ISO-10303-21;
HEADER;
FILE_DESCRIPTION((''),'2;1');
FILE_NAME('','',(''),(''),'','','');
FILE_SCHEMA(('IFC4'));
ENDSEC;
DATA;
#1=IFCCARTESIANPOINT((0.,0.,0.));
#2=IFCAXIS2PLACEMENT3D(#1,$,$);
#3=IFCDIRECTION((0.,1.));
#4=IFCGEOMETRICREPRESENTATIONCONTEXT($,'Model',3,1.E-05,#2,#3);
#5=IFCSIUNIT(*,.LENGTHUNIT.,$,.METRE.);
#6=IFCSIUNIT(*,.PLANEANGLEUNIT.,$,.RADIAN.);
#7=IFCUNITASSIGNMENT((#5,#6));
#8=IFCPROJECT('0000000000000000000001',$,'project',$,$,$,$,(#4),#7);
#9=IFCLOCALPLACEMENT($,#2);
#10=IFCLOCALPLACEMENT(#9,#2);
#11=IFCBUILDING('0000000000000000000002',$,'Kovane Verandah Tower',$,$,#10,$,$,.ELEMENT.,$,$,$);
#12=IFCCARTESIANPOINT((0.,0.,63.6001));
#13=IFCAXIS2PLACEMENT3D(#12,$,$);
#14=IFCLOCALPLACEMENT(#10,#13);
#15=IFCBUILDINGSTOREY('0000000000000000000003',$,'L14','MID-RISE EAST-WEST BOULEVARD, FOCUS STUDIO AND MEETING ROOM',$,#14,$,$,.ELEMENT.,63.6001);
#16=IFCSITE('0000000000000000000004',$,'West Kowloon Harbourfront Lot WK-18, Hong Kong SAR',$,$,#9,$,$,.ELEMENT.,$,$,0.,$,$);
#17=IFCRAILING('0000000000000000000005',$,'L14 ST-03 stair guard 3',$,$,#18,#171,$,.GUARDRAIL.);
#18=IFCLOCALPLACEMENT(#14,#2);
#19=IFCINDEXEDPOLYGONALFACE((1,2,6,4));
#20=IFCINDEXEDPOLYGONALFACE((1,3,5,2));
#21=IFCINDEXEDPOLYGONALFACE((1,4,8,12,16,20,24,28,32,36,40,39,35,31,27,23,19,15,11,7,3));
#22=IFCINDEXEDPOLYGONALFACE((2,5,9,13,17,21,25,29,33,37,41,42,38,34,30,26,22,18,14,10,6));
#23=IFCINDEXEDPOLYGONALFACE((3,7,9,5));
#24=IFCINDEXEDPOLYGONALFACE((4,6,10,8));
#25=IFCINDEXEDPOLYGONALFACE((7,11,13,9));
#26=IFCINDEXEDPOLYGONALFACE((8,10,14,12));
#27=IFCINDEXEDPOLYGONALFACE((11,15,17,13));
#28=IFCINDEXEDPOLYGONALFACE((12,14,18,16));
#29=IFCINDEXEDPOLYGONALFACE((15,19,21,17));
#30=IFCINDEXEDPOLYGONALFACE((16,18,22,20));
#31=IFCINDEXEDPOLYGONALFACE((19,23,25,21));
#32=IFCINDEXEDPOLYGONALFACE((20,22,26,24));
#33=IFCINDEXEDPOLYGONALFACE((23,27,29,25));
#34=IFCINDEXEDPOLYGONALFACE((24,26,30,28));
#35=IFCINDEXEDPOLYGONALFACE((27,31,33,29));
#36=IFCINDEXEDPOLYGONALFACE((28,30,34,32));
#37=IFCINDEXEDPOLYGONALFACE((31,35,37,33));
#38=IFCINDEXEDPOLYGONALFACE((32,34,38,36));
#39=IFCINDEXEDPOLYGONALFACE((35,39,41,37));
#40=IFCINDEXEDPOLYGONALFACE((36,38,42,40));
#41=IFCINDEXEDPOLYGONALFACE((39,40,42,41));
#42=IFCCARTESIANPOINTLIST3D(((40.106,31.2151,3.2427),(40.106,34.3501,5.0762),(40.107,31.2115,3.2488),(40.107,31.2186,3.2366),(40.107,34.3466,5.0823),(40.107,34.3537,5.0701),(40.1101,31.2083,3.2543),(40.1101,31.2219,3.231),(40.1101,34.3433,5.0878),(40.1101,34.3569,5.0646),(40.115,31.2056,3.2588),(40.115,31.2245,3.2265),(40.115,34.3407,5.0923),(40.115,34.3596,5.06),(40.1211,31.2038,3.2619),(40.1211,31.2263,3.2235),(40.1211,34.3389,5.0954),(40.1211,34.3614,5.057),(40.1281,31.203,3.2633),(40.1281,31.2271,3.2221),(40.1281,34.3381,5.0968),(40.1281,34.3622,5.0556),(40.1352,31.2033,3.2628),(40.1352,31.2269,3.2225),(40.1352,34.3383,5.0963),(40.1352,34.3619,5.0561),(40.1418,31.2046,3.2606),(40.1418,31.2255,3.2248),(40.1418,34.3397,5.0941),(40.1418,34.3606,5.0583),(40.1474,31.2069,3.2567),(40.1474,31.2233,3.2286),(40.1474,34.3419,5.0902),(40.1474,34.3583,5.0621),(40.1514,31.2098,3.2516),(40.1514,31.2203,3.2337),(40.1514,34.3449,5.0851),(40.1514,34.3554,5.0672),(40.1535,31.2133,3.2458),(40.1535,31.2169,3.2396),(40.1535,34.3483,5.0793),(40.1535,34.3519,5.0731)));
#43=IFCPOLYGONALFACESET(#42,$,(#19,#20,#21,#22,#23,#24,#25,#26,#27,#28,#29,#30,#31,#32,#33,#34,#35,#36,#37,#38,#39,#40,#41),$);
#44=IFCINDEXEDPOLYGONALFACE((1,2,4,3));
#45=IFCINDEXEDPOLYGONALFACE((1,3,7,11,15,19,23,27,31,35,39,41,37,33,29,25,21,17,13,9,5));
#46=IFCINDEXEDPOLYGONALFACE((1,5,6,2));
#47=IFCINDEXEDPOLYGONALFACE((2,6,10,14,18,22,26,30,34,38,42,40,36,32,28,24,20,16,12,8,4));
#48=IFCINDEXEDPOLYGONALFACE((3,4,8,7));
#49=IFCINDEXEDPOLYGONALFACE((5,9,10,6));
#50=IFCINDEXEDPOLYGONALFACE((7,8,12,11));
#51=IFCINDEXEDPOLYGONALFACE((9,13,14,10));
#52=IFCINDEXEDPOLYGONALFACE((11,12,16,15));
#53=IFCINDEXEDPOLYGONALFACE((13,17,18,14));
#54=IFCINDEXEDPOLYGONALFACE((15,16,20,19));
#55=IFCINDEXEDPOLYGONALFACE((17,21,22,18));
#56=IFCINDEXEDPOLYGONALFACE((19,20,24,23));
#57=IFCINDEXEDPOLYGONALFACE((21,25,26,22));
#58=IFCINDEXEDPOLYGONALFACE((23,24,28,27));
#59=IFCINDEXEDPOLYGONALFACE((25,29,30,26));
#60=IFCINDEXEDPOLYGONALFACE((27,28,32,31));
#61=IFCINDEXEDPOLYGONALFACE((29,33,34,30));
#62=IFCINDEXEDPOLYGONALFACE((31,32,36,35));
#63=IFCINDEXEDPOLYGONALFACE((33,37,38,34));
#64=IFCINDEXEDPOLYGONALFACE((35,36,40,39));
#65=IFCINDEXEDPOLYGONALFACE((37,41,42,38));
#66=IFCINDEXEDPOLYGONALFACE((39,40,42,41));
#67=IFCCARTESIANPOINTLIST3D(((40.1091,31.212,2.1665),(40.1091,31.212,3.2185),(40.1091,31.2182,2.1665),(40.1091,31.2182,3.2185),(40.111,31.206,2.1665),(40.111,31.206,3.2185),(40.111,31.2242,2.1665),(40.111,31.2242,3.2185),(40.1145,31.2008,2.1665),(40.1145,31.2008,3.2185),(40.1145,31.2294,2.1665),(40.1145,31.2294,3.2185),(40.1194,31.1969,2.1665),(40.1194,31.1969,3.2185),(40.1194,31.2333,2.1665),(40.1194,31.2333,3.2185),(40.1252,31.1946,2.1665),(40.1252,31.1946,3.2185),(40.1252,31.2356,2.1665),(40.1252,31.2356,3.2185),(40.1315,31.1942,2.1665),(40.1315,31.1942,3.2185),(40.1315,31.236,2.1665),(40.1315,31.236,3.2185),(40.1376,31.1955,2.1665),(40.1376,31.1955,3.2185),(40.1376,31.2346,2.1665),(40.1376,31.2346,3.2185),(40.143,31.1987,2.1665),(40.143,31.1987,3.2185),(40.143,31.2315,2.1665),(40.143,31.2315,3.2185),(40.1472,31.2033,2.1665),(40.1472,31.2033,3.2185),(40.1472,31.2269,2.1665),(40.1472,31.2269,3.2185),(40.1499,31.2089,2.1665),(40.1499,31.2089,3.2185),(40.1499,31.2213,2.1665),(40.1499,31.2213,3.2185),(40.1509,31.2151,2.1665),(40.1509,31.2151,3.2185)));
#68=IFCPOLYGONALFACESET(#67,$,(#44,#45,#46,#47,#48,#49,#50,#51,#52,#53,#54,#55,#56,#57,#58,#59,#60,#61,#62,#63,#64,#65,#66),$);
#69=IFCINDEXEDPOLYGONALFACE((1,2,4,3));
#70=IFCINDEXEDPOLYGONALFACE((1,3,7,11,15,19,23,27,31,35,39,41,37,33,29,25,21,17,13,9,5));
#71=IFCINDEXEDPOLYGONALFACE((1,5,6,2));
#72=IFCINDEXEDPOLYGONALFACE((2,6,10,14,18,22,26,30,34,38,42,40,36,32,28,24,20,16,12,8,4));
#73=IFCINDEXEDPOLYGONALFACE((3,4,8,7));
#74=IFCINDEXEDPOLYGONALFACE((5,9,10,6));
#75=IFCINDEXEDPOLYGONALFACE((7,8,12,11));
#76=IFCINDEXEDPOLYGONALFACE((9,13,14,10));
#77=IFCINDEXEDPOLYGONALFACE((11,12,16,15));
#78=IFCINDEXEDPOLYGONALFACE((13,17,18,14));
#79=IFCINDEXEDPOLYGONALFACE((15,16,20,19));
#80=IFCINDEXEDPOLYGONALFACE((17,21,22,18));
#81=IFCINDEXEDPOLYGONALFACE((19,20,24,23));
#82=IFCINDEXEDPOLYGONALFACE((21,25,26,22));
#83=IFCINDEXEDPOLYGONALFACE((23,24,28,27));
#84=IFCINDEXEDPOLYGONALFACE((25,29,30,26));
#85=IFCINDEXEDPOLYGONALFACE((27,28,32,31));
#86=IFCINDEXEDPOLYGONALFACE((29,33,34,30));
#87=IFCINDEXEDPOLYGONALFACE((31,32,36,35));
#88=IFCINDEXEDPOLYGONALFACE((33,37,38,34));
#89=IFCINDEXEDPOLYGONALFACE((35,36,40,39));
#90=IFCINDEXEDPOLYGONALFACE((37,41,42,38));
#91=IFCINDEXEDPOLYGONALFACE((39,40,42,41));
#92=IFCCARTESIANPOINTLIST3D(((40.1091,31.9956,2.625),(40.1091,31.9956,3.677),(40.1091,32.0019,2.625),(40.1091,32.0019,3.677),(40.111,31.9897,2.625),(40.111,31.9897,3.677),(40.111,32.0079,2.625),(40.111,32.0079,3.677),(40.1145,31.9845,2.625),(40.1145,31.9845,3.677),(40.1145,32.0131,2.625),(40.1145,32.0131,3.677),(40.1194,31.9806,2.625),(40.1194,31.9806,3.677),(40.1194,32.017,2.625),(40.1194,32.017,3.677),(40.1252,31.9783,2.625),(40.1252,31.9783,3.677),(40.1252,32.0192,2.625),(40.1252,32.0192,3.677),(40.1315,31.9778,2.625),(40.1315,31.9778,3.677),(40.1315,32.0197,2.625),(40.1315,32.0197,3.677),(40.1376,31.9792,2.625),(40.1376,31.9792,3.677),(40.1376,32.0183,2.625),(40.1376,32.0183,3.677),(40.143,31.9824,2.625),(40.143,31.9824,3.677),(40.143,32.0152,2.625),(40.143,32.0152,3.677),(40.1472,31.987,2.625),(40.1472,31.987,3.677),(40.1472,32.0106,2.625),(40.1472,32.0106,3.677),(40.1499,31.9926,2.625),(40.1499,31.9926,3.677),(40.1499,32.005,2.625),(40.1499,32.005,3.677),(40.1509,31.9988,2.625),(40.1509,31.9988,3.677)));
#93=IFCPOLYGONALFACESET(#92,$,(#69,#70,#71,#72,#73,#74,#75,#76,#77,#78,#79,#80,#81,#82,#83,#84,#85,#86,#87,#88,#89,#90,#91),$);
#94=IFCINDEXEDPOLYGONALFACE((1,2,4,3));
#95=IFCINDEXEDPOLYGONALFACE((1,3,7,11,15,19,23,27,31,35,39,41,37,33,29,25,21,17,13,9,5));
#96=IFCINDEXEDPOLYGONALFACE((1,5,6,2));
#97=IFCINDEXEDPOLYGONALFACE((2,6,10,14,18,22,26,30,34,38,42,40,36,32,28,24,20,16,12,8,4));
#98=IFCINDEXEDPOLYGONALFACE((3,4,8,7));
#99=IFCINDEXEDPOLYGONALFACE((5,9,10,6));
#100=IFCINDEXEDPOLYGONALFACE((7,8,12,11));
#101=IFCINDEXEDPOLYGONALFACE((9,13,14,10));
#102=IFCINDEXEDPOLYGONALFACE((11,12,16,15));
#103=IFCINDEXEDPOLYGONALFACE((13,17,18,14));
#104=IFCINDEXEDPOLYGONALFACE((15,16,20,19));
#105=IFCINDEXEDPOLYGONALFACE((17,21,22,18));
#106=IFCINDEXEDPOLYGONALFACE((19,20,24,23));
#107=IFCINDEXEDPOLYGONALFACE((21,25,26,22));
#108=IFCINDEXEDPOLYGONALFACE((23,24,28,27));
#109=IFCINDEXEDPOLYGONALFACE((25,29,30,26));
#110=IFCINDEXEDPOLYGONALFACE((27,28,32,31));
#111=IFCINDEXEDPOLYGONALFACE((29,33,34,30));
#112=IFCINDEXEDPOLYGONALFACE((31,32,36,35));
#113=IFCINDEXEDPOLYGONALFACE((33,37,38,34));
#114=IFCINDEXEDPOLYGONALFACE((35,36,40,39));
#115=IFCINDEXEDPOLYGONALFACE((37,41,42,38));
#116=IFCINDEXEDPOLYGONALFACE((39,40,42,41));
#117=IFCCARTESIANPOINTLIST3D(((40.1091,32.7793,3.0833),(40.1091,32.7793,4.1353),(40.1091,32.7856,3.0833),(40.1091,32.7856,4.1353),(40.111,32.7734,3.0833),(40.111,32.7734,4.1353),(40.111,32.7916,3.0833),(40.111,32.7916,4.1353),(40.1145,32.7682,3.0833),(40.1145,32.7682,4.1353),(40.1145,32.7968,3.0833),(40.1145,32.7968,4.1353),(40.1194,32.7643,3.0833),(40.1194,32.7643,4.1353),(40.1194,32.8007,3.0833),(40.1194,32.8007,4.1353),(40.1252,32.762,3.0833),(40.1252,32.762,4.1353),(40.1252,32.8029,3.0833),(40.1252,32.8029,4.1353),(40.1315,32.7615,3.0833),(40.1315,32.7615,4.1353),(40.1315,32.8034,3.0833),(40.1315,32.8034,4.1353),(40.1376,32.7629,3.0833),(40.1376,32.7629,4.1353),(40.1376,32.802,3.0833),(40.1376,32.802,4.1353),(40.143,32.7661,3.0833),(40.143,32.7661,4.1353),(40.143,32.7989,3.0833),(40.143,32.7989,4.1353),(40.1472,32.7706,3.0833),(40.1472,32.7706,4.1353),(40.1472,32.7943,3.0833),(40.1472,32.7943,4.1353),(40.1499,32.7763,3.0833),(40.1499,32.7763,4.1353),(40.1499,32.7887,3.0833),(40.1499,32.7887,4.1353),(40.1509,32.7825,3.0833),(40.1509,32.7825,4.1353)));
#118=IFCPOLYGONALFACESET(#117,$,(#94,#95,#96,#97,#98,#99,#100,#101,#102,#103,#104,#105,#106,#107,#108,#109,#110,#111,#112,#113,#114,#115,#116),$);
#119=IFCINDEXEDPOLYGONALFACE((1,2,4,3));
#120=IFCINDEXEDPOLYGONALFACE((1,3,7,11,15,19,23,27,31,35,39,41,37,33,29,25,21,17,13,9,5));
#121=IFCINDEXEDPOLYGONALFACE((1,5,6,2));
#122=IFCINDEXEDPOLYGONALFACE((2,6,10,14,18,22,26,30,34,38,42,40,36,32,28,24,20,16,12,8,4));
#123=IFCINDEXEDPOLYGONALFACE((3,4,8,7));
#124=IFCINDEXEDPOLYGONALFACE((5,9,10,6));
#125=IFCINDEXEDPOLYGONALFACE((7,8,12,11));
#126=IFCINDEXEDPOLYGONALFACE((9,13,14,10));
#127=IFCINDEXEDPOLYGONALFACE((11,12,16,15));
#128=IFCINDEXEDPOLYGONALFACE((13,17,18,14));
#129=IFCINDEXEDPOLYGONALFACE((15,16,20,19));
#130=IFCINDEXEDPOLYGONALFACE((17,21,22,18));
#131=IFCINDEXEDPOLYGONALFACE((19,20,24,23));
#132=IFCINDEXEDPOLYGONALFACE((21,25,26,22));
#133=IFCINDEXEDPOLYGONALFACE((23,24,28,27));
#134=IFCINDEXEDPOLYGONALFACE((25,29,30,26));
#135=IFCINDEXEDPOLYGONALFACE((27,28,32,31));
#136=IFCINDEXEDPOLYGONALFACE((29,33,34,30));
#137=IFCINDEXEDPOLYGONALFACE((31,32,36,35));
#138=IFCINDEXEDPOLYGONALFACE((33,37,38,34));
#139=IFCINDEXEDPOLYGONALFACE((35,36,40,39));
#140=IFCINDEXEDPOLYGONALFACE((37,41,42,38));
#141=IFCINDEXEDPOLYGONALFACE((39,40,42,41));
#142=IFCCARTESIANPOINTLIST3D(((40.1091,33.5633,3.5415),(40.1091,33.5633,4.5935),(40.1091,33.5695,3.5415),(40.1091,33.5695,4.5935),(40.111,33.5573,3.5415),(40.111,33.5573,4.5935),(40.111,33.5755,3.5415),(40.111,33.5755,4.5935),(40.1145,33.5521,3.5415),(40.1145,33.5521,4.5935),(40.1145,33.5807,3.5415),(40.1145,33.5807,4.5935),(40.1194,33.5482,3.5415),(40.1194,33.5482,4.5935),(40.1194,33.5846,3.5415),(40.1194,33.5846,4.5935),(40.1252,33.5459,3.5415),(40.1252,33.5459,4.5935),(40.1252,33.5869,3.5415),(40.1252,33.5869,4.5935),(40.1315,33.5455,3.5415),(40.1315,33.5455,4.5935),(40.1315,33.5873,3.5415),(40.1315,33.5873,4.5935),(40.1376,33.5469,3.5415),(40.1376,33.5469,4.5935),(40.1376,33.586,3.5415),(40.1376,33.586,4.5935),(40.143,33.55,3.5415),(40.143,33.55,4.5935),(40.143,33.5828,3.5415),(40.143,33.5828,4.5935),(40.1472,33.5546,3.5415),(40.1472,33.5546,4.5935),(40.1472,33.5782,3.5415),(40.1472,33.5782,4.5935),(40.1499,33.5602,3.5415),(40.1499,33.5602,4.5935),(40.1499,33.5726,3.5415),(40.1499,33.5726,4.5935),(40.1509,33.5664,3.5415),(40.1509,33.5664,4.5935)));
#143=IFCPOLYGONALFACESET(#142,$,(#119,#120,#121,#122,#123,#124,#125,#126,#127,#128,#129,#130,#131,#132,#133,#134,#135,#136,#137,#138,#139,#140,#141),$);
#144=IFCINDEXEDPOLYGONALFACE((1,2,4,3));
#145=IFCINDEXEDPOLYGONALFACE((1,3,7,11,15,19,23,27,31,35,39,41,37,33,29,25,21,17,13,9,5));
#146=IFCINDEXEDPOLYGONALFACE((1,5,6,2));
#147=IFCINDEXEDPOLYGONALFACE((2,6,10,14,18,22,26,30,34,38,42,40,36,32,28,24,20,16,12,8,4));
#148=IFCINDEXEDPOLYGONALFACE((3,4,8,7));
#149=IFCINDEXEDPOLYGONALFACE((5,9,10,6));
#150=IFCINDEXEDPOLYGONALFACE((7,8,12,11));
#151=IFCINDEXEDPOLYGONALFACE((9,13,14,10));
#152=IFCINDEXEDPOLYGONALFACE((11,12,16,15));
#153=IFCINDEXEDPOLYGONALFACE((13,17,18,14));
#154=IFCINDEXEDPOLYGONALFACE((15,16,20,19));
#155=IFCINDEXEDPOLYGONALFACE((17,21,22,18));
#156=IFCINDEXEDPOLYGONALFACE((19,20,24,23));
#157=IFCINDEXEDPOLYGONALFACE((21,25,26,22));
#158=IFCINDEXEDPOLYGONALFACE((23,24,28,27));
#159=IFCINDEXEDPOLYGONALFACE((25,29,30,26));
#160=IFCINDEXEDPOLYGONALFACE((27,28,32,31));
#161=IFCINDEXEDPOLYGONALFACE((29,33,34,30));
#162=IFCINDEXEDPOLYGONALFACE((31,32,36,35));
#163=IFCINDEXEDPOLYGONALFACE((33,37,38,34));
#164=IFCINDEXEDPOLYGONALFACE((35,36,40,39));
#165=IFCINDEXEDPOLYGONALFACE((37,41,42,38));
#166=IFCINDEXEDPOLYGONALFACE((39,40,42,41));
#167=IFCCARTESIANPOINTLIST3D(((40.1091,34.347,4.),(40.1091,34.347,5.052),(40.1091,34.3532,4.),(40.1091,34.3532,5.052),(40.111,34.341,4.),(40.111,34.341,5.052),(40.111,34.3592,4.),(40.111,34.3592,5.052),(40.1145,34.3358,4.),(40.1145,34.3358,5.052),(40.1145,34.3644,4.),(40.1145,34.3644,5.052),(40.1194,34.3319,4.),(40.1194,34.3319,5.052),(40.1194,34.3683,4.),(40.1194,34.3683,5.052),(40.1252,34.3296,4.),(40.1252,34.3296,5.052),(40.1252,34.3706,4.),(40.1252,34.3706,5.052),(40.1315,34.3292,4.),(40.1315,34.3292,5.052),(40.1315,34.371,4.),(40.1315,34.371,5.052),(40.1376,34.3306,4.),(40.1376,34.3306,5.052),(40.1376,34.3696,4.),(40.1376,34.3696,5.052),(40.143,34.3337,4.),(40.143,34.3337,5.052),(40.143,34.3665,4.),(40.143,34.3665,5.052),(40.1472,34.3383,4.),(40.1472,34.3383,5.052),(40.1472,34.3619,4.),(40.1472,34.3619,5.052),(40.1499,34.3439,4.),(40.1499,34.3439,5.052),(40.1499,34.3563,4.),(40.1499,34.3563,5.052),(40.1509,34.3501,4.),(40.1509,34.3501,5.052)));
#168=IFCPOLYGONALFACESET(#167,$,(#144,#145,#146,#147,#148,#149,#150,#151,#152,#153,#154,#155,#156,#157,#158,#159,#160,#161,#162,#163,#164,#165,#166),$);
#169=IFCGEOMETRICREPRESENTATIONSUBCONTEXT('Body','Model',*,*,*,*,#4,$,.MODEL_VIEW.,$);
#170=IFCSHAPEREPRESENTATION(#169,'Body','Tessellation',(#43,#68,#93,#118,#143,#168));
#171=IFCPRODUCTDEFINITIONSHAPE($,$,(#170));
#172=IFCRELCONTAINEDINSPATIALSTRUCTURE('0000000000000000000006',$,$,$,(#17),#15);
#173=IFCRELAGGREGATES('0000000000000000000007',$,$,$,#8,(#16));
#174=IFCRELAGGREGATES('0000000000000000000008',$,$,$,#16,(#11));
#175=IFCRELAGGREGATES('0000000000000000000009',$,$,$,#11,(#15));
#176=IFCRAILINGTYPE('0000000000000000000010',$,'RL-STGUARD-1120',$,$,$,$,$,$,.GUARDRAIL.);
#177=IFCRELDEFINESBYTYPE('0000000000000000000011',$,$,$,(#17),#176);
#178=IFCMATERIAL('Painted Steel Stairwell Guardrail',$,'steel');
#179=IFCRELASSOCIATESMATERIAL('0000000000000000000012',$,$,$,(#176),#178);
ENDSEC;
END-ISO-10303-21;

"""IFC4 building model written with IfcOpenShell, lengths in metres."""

from ifc_helpers import new_model, si_unit, direction, frame, origin, origin_2d, place, context, subcontext, project, spatial, circle, extrude, material, type_object, element, save


model = new_model("IFC4")

# Units and contexts
model_context = context("Model", 3, precision=1e-05, world=origin(), true_north=direction((0.0, 1.0)))
body_context = subcontext(model_context, "Body", "Model", "MODEL_VIEW")
ifc_project = project(units=[si_unit("LENGTHUNIT", "METRE"), si_unit("PLANEANGLEUNIT", "RADIAN")], contexts=[model_context])

# Site, building, storey
site_placement = place(None, origin())
site = spatial("IfcSite", under=ifc_project, at=site_placement, Name="West Kowloon Harbourfront Lot WK-18, Hong Kong SAR", CompositionType="ELEMENT", RefElevation=0.0)
building_placement = place(site_placement, origin())
building = spatial("IfcBuilding", under=site, at=building_placement, Name="Kovane Verandah Tower", CompositionType="ELEMENT")
storey_placement = place(building_placement, frame((0.0, 0.0, 63.6001)))
storey = spatial("IfcBuildingStorey", under=building, at=storey_placement, Name="L14", Description="MID-RISE EAST-WEST BOULEVARD, FOCUS STUDIO AND MEETING ROOM", CompositionType="ELEMENT", Elevation=63.6001)

# Railing
ifc_material_1 = material(Name="Painted Steel Stairwell Guardrail", Category="steel")
railing_type_1 = type_object("IfcRailingType", Name="RL-STGUARD-1120", PredefinedType="GUARDRAIL", material=ifc_material_1)
railing_1_placement = place(storey_placement, frame((40.1299, 31.2151, 2.1665)))
element("IfcRailing", 1, at=railing_1_placement, inside=storey, type_object=railing_type_1, Name="L14 ST-03 stair guard 3", PredefinedType="GUARDRAIL", context=body_context, shape_type="SweptSolid", body=[
    extrude(circle(Radius=0.0239, at=origin_2d()), frame((0.0, 0.0, 1.0762), z_axis=(0.0, 0.86321, 0.504845), x_axis=(-1.0, 0.0, 0.0)), (0.0, 0.0, 1.0), 3.6318),
    extrude(circle(Radius=0.021, at=origin_2d()), origin(), (0.0, 0.0, 1.0), 1.052),
    extrude(circle(Radius=0.021, at=origin_2d()), frame((0.0, 0.7837, 0.4585)), (0.0, 0.0, 1.0), 1.052),
    extrude(circle(Radius=0.021, at=origin_2d()), frame((0.0, 1.5674, 0.9167)), (0.0, 0.0, 1.0), 1.052),
    extrude(circle(Radius=0.021, at=origin_2d()), frame((0.0, 2.3513, 1.375)), (0.0, 0.0, 1.0), 1.052),
    extrude(circle(Radius=0.021, at=origin_2d()), frame((0.0, 3.135, 1.8335)), (0.0, 0.0, 1.0), 1.052),
])

save(model, "model.ifc")
